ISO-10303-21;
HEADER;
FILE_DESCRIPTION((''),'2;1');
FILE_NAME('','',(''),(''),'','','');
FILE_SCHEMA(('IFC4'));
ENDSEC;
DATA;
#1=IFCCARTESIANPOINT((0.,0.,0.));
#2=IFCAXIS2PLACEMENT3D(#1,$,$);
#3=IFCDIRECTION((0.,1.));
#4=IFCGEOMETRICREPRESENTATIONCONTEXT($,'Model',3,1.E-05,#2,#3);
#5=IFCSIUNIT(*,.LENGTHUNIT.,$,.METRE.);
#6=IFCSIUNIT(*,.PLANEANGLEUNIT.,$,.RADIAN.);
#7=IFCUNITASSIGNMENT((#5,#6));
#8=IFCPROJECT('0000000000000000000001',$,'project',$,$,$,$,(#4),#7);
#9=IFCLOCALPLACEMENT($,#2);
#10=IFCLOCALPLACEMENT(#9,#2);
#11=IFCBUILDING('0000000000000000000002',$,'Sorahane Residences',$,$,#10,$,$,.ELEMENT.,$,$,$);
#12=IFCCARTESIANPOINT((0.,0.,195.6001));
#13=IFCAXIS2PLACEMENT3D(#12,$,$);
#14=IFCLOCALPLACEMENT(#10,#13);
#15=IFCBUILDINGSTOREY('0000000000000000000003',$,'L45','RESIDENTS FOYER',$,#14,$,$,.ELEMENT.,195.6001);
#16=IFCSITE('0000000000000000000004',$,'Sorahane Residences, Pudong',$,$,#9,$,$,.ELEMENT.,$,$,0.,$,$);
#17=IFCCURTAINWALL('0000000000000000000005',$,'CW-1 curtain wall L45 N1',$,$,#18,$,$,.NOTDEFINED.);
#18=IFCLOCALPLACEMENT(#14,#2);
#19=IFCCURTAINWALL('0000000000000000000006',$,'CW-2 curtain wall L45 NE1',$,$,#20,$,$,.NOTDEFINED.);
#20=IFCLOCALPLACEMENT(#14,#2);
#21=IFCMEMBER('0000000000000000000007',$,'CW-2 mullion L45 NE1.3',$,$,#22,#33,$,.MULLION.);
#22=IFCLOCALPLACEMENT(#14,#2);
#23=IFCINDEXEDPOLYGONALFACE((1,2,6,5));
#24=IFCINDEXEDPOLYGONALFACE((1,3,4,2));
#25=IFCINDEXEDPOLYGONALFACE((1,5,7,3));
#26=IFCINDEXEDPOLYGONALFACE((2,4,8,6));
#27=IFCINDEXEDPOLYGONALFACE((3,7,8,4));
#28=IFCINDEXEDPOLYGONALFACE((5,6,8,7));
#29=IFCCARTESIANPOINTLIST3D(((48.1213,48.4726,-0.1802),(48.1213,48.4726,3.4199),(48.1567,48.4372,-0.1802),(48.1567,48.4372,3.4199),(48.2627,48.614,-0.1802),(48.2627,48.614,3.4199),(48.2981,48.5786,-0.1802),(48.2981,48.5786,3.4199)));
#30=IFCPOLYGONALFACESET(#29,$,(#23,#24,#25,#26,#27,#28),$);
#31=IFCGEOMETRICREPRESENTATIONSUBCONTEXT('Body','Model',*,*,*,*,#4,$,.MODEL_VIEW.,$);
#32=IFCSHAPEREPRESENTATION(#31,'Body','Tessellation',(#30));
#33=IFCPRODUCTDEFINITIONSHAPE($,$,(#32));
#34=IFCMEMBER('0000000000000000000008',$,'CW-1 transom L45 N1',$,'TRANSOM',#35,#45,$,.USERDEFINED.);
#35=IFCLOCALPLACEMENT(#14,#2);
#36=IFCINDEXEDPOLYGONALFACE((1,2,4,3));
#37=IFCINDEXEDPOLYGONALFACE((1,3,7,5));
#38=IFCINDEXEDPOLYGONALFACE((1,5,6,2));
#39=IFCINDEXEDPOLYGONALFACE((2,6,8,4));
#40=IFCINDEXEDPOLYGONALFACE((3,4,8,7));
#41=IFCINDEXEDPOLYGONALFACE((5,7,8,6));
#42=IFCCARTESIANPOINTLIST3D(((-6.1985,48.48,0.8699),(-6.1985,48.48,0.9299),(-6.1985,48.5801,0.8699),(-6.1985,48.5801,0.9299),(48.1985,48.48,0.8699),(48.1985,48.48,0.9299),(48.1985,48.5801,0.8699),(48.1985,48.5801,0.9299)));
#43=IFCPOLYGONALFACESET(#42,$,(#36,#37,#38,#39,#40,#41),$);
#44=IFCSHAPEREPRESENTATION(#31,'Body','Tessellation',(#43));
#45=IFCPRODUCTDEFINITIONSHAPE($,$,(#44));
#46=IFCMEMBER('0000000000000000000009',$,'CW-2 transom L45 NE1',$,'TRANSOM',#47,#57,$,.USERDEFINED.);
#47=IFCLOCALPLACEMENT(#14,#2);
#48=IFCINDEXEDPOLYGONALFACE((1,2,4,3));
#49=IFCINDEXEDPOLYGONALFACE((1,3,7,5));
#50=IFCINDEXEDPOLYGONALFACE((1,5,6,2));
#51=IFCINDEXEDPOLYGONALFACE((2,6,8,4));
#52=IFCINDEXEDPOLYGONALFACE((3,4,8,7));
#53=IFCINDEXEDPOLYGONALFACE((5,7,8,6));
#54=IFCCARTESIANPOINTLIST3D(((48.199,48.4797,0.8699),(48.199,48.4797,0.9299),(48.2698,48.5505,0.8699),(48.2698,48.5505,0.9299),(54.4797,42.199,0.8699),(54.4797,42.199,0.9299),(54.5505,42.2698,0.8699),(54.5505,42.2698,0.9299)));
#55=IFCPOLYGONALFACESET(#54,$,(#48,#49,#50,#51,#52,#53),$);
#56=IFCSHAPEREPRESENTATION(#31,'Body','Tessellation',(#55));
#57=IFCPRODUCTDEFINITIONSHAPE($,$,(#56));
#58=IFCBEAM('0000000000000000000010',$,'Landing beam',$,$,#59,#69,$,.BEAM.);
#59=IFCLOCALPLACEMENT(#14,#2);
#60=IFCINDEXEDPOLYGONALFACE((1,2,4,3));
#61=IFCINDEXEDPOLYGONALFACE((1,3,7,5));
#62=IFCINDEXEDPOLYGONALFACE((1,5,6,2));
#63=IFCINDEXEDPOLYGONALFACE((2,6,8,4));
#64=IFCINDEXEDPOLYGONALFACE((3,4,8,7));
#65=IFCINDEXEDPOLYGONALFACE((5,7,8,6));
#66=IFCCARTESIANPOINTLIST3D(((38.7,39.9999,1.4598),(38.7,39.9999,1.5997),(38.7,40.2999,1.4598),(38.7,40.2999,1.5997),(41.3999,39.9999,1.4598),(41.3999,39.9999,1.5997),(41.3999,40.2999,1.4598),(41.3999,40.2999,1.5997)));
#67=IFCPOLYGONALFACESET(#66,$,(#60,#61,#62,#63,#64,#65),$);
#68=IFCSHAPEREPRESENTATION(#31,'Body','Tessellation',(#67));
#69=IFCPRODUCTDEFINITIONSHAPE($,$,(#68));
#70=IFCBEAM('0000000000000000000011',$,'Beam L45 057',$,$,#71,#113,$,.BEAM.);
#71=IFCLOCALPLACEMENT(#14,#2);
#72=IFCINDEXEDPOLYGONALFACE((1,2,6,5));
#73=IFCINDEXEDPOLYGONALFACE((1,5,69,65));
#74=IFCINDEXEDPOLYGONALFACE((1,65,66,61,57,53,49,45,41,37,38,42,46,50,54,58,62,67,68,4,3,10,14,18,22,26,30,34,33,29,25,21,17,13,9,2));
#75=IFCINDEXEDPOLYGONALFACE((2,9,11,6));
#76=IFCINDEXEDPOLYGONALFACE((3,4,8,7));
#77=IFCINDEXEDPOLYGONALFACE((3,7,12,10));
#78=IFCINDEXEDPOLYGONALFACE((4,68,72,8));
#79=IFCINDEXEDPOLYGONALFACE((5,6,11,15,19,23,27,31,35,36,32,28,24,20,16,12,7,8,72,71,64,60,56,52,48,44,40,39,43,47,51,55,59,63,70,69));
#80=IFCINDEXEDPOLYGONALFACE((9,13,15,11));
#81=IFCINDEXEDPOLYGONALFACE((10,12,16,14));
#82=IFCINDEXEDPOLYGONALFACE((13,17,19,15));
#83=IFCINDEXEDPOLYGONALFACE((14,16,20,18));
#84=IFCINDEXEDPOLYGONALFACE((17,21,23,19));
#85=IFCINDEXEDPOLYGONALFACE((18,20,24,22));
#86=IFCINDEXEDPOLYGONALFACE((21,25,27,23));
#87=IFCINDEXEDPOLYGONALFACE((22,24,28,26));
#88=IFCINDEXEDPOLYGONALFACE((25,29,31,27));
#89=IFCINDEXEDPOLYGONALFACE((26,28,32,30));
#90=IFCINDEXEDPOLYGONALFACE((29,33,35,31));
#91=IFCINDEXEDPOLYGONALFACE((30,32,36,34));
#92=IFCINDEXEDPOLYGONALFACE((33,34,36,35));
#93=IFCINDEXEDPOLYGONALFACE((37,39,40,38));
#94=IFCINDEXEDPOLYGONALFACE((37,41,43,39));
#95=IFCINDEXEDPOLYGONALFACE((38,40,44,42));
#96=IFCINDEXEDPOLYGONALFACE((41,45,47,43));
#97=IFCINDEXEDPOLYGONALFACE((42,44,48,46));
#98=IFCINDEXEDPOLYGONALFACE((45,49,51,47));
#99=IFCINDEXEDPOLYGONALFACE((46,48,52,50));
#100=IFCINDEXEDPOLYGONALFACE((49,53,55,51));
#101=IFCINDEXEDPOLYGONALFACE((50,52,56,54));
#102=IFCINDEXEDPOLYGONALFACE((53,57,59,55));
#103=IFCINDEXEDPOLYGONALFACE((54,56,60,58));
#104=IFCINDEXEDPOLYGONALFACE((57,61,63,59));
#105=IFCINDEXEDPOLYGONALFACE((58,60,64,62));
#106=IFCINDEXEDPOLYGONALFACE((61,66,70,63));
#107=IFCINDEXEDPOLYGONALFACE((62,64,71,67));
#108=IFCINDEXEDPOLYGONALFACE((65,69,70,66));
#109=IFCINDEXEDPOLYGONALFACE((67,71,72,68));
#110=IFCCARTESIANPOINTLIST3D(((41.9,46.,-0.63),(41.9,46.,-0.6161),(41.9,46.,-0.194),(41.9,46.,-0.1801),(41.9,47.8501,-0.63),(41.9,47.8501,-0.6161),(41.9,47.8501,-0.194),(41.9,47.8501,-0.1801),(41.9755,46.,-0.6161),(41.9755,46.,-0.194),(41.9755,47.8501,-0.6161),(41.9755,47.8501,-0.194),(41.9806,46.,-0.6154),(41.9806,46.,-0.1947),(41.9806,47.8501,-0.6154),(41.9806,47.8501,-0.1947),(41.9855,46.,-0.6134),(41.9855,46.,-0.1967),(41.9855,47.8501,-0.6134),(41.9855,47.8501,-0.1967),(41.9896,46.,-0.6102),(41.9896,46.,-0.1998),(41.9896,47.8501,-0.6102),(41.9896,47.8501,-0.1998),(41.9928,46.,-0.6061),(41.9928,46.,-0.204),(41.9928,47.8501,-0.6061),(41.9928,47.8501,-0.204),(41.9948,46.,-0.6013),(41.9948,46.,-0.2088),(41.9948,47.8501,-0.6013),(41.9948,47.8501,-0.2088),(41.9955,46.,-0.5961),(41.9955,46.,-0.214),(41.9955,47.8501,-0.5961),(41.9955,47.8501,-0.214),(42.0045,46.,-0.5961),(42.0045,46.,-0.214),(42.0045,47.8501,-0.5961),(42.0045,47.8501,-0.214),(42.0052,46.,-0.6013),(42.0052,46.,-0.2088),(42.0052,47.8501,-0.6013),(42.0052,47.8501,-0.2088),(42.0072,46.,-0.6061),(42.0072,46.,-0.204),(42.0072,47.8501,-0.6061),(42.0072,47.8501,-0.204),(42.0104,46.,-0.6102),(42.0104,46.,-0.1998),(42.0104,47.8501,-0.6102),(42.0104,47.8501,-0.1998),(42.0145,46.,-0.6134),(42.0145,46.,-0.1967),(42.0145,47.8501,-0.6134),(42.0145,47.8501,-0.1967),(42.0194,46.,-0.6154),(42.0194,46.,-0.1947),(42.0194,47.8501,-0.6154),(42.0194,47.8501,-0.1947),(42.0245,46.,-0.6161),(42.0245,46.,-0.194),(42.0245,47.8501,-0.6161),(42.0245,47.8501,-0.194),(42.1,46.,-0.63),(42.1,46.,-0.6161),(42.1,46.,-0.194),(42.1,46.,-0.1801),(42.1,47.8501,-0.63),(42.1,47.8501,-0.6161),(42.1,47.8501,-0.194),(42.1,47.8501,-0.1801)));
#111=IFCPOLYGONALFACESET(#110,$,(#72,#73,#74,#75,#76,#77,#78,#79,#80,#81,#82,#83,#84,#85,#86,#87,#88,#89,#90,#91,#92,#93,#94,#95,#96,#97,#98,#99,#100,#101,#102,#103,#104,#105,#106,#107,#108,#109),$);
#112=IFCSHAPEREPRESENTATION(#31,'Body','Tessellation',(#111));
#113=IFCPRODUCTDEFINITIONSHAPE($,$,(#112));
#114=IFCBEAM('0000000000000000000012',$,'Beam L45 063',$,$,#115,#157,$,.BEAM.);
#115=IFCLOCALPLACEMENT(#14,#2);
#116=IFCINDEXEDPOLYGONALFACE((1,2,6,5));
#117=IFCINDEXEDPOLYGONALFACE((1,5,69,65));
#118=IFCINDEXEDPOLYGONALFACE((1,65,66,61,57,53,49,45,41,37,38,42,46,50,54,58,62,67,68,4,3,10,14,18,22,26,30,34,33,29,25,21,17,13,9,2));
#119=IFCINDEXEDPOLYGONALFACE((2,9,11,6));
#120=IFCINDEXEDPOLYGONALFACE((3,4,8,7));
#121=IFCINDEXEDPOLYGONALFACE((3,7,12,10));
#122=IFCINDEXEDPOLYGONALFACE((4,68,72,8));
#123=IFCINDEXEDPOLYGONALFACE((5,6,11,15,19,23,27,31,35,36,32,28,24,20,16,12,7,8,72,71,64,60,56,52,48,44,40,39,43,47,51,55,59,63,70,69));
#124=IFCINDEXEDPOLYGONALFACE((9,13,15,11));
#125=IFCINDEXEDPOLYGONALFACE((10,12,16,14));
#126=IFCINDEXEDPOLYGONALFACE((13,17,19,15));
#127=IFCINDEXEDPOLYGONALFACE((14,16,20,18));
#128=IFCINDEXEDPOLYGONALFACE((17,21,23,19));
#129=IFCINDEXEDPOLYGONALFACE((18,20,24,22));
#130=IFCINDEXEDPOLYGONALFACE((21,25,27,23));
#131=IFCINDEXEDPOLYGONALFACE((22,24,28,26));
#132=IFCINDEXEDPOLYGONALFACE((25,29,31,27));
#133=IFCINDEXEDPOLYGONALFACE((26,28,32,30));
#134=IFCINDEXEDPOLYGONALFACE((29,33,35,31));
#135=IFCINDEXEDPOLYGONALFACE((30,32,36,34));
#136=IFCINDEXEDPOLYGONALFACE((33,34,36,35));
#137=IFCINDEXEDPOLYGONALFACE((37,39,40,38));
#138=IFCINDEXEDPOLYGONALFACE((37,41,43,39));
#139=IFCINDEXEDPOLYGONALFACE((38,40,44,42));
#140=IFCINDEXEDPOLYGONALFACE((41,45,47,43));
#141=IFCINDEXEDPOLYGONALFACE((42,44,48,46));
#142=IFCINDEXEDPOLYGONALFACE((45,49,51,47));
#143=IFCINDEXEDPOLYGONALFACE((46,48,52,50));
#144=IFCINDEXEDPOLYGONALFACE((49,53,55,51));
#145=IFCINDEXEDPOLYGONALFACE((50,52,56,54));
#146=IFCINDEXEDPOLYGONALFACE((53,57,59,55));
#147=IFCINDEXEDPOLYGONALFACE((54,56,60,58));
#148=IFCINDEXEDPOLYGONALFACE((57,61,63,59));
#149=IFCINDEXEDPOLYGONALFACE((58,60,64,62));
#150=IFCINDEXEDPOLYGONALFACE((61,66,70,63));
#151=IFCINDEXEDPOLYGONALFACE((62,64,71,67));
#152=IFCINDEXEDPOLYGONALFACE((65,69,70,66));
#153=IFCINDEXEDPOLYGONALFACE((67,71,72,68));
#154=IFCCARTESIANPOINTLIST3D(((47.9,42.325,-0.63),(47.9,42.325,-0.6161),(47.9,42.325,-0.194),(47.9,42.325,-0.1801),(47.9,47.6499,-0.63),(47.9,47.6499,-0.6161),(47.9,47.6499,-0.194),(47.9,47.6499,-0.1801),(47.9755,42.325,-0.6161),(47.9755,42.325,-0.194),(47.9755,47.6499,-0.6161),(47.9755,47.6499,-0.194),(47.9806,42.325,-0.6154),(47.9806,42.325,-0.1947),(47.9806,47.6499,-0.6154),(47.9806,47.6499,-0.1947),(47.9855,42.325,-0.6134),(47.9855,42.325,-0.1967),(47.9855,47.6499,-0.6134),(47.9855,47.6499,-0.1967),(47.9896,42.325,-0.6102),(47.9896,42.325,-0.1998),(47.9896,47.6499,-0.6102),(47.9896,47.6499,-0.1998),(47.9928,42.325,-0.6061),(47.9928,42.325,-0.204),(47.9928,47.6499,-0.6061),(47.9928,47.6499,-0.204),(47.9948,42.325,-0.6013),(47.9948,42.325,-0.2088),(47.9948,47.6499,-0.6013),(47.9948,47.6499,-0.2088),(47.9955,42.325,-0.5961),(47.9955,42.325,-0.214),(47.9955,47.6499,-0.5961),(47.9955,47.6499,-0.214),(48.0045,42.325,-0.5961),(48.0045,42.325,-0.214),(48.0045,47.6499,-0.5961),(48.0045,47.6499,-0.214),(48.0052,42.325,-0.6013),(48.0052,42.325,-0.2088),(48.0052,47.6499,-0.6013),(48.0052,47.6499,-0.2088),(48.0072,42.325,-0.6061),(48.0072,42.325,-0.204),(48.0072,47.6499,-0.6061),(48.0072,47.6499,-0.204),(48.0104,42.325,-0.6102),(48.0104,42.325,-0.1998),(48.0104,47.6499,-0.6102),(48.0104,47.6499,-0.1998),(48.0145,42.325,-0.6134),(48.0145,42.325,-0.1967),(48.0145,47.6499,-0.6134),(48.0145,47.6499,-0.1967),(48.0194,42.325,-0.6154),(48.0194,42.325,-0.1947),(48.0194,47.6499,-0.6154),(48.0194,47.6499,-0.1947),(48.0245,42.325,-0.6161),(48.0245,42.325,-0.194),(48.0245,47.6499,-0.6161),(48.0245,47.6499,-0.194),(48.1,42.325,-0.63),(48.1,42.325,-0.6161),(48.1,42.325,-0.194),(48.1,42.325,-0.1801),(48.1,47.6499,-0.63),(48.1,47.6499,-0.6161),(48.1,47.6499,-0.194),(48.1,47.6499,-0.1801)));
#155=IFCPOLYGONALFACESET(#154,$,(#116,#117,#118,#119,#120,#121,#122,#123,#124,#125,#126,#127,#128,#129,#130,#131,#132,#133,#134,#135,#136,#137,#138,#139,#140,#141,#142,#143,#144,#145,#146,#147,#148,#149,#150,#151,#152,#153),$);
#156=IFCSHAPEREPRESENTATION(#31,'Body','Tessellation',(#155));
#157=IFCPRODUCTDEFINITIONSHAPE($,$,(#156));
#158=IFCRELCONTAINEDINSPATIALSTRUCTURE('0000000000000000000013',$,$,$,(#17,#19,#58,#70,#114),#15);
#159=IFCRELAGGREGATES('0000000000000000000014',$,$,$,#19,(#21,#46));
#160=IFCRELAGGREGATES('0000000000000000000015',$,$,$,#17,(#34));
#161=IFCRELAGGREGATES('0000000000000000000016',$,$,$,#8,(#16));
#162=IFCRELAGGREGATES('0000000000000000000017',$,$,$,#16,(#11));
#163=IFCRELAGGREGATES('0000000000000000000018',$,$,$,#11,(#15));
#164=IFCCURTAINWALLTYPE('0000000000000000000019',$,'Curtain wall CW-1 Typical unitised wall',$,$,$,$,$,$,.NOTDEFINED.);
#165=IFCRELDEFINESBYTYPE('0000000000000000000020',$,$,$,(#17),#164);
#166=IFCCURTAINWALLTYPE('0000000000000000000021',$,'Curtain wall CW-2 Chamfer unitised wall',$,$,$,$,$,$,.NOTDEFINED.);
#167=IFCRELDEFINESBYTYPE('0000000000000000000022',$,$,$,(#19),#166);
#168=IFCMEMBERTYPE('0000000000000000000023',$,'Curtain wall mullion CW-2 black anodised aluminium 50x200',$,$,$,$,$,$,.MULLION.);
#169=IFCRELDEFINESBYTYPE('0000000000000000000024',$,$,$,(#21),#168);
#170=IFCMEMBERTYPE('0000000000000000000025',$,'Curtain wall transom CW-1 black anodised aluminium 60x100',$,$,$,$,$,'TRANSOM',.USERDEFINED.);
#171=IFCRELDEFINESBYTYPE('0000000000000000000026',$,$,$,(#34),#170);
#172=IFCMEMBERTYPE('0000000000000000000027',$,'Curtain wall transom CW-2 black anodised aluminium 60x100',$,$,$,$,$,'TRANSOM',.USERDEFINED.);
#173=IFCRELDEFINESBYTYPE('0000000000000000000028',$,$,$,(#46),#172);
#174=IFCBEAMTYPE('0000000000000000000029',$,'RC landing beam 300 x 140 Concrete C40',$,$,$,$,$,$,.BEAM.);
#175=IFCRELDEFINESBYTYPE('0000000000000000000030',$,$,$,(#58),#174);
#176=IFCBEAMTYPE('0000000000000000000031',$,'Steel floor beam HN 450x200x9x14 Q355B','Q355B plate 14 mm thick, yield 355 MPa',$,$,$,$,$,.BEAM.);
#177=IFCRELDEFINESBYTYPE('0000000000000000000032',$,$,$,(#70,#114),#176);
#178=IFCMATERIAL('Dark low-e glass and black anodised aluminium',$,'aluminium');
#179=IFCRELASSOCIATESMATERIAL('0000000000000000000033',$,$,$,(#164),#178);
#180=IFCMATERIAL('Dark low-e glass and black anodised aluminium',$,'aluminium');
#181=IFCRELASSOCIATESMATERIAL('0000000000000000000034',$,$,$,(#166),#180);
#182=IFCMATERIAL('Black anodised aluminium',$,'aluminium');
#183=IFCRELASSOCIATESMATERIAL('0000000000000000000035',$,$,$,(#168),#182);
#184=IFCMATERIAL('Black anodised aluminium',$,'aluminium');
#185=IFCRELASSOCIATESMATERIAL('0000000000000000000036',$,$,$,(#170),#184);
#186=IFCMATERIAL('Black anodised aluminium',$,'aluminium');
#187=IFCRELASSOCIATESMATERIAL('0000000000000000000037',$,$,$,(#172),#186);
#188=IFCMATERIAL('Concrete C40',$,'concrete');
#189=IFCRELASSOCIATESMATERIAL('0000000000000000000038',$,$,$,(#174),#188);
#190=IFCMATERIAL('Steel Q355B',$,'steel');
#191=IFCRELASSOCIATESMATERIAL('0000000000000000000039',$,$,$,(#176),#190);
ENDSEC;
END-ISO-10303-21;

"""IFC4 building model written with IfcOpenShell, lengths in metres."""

from ifc_helpers import new_model, si_unit, direction, frame, origin, origin_2d, place, context, subcontext, project, spatial, rectangle, i_section, extrude, material, material_profile, profile_set, type_object, element, aggregate, save


model = new_model("IFC4")

# Units and contexts
model_context = context("Model", 3, precision=1e-05, world=origin(), true_north=direction((0.0, 1.0)))
body_context = subcontext(model_context, "Body", "Model", "MODEL_VIEW")
ifc_project = project(units=[si_unit("LENGTHUNIT", "METRE"), si_unit("PLANEANGLEUNIT", "RADIAN")], contexts=[model_context])

# Site, building, storey
site_placement = place(None, origin())
site = spatial("IfcSite", under=ifc_project, at=site_placement, Name="Sorahane Residences, Pudong", CompositionType="ELEMENT", RefElevation=0.0)
building_placement = place(site_placement, origin())
building = spatial("IfcBuilding", under=site, at=building_placement, Name="Sorahane Residences", CompositionType="ELEMENT")
storey_placement = place(building_placement, frame((0.0, 0.0, 195.6001)))
storey = spatial("IfcBuildingStorey", under=building, at=storey_placement, Name="L45", Description="RESIDENTS FOYER", CompositionType="ELEMENT", Elevation=195.6001)

# Curtain wall
ifc_material_1 = material(Name="Dark low-e glass and black anodised aluminium", Category="aluminium")
curtain_wall_type_1 = type_object("IfcCurtainWallType", Name="Curtain wall CW-1 Typical unitised wall", PredefinedType="NOTDEFINED", material=ifc_material_1)
curtain_wall_1_placement = place(storey_placement, origin())
curtain_wall_1 = element("IfcCurtainWall", 1, at=curtain_wall_1_placement, inside=storey, type_object=curtain_wall_type_1, Name="CW-1 curtain wall L45 N1", PredefinedType="NOTDEFINED")

# Curtain wall, member
ifc_material_2 = material(Name="Dark low-e glass and black anodised aluminium", Category="aluminium")
curtain_wall_type_2 = type_object("IfcCurtainWallType", Name="Curtain wall CW-2 Chamfer unitised wall", PredefinedType="NOTDEFINED", material=ifc_material_2)
curtain_wall_2_placement = place(storey_placement, origin())
curtain_wall_2 = element("IfcCurtainWall", 2, at=curtain_wall_2_placement, inside=storey, type_object=curtain_wall_type_2, Name="CW-2 curtain wall L45 NE1", PredefinedType="NOTDEFINED")
ifc_material_3 = material(Name="Black anodised aluminium", Category="aluminium")
ifc_material_profile_1 = material_profile(ifc_material_3, rectangle(XDim=0.2, YDim=0.05, at=origin_2d()), Name="Curtain wall mullion CW-2 black anodised aluminium 50x200")
ifc_profile_set_1 = profile_set([ifc_material_profile_1], Name="Black anodised aluminium")
member_type_1 = type_object("IfcMemberType", Name="Curtain wall mullion CW-2 black anodised aluminium 50x200", PredefinedType="MULLION", material=ifc_profile_set_1)
member_1_placement = place(storey_placement, frame((48.2097, 48.5256, -0.1802), z_axis=(0.0, 0.0, 1.0), x_axis=(0.707107, 0.707107, 0.0)))
member_1 = element("IfcMember", 3, at=member_1_placement, type_object=member_type_1, Name="CW-2 mullion L45 NE1.3", PredefinedType="MULLION", context=body_context, shape_type="SweptSolid", body=[
    extrude(rectangle(XDim=0.2, YDim=0.05, at=origin_2d()), origin(), (0.0, 0.0, 1.0), 3.6001),
])

# Members
ifc_material_4 = material(Name="Black anodised aluminium", Category="aluminium")
ifc_material_profile_2 = material_profile(ifc_material_4, rectangle(XDim=0.1001, YDim=0.0601, at=origin_2d()), Name="Curtain wall transom CW-1 black anodised aluminium 60x100")
ifc_profile_set_2 = profile_set([ifc_material_profile_2], Name="Black anodised aluminium")
member_type_2 = type_object("IfcMemberType", Name="Curtain wall transom CW-1 black anodised aluminium 60x100", ElementType="TRANSOM", PredefinedType="USERDEFINED", material=ifc_profile_set_2)
member_2_placement = place(storey_placement, frame((48.1985, 48.53, 0.8999), z_axis=(-1.0, 0.0, 0.0), x_axis=(0.0, -1.0, 0.0)))
member_2 = element("IfcMember", 4, at=member_2_placement, type_object=member_type_2, Name="CW-1 transom L45 N1", ObjectType="TRANSOM", PredefinedType="USERDEFINED", context=body_context, shape_type="SweptSolid", body=[
    extrude(rectangle(XDim=0.1001, YDim=0.0601, at=origin_2d()), origin(), (0.0, 0.0, 1.0), 54.397),
])
ifc_material_5 = material(Name="Black anodised aluminium", Category="aluminium")
ifc_material_profile_3 = material_profile(ifc_material_5, rectangle(XDim=0.1001, YDim=0.0601, at=origin_2d()), Name="Curtain wall transom CW-2 black anodised aluminium 60x100")
ifc_profile_set_3 = profile_set([ifc_material_profile_3], Name="Black anodised aluminium")
member_type_3 = type_object("IfcMemberType", Name="Curtain wall transom CW-2 black anodised aluminium 60x100", ElementType="TRANSOM", PredefinedType="USERDEFINED", material=ifc_profile_set_3)
member_3_placement = place(storey_placement, frame((54.5151, 42.2344, 0.8999), z_axis=(-0.707107, 0.707107, 0.0), x_axis=(-0.707107, -0.707107, 0.0)))
member_3 = element("IfcMember", 5, at=member_3_placement, type_object=member_type_3, Name="CW-2 transom L45 NE1", ObjectType="TRANSOM", PredefinedType="USERDEFINED", context=body_context, shape_type="SweptSolid", body=[
    extrude(rectangle(XDim=0.1001, YDim=0.0601, at=origin_2d()), origin(), (0.0, 0.0, 1.0), 8.8823),
])

# Beams
ifc_material_6 = material(Name="Concrete C40", Category="concrete")
ifc_material_profile_4 = material_profile(ifc_material_6, rectangle(XDim=0.3, YDim=0.1399, at=origin_2d()), Name="300x140")
ifc_profile_set_4 = profile_set([ifc_material_profile_4], Name="Concrete C40")
beam_type_1 = type_object("IfcBeamType", Name="RC landing beam 300 x 140 Concrete C40", PredefinedType="BEAM", material=ifc_profile_set_4)
beam_1_placement = place(storey_placement, frame((38.7, 40.1499, 1.5298), z_axis=(1.0, 0.0, 0.0), x_axis=(0.0, 1.0, 0.0)))
element("IfcBeam", 6, at=beam_1_placement, inside=storey, type_object=beam_type_1, Name="Landing beam", PredefinedType="BEAM", context=body_context, shape_type="SweptSolid", body=[
    extrude(rectangle(XDim=0.3, YDim=0.1399, at=origin_2d()), origin(), (0.0, 0.0, 1.0), 2.7),
])
ifc_material_7 = material(Name="Steel Q355B", Category="steel")
ifc_material_profile_5 = material_profile(ifc_material_7, i_section(OverallWidth=0.2, OverallDepth=0.45, WebThickness=0.009, FlangeThickness=0.0139, FilletRadius=0.02, at=origin_2d()), Name="HN 450x200x9x14")
ifc_profile_set_5 = profile_set([ifc_material_profile_5], Name="Steel Q355B")
beam_type_2 = type_object("IfcBeamType", Name="Steel floor beam HN 450x200x9x14 Q355B", Description="Q355B plate 14 mm thick, yield 355 MPa", PredefinedType="BEAM", material=ifc_profile_set_5)
beam_2_placement = place(storey_placement, frame((42.0, 46.0, -0.405), z_axis=(0.0, 1.0, 0.0), x_axis=(-1.0, 0.0, 0.0)))
element("IfcBeam", 7, at=beam_2_placement, inside=storey, type_object=beam_type_2, Name="Beam L45 057", PredefinedType="BEAM", context=body_context, shape_type="SweptSolid", body=[
    extrude(i_section(OverallWidth=0.2, OverallDepth=0.45, WebThickness=0.009, FlangeThickness=0.0139, FilletRadius=0.02, at=origin_2d()), origin(), (0.0, 0.0, 1.0), 1.8501),
])
beam_3_placement = place(storey_placement, frame((48.0, 42.325, -0.405), z_axis=(0.0, 1.0, 0.0), x_axis=(-1.0, 0.0, 0.0)))
element("IfcBeam", 8, at=beam_3_placement, inside=storey, type_object=beam_type_2, Name="Beam L45 063", PredefinedType="BEAM", context=body_context, shape_type="SweptSolid", body=[
    extrude(i_section(OverallWidth=0.2, OverallDepth=0.45, WebThickness=0.009, FlangeThickness=0.0139, FilletRadius=0.02, at=origin_2d()), origin(), (0.0, 0.0, 1.0), 5.325),
])

aggregate(curtain_wall_2, [member_1, member_3])
aggregate(curtain_wall_1, [member_2])

save(model, "model.ifc")
